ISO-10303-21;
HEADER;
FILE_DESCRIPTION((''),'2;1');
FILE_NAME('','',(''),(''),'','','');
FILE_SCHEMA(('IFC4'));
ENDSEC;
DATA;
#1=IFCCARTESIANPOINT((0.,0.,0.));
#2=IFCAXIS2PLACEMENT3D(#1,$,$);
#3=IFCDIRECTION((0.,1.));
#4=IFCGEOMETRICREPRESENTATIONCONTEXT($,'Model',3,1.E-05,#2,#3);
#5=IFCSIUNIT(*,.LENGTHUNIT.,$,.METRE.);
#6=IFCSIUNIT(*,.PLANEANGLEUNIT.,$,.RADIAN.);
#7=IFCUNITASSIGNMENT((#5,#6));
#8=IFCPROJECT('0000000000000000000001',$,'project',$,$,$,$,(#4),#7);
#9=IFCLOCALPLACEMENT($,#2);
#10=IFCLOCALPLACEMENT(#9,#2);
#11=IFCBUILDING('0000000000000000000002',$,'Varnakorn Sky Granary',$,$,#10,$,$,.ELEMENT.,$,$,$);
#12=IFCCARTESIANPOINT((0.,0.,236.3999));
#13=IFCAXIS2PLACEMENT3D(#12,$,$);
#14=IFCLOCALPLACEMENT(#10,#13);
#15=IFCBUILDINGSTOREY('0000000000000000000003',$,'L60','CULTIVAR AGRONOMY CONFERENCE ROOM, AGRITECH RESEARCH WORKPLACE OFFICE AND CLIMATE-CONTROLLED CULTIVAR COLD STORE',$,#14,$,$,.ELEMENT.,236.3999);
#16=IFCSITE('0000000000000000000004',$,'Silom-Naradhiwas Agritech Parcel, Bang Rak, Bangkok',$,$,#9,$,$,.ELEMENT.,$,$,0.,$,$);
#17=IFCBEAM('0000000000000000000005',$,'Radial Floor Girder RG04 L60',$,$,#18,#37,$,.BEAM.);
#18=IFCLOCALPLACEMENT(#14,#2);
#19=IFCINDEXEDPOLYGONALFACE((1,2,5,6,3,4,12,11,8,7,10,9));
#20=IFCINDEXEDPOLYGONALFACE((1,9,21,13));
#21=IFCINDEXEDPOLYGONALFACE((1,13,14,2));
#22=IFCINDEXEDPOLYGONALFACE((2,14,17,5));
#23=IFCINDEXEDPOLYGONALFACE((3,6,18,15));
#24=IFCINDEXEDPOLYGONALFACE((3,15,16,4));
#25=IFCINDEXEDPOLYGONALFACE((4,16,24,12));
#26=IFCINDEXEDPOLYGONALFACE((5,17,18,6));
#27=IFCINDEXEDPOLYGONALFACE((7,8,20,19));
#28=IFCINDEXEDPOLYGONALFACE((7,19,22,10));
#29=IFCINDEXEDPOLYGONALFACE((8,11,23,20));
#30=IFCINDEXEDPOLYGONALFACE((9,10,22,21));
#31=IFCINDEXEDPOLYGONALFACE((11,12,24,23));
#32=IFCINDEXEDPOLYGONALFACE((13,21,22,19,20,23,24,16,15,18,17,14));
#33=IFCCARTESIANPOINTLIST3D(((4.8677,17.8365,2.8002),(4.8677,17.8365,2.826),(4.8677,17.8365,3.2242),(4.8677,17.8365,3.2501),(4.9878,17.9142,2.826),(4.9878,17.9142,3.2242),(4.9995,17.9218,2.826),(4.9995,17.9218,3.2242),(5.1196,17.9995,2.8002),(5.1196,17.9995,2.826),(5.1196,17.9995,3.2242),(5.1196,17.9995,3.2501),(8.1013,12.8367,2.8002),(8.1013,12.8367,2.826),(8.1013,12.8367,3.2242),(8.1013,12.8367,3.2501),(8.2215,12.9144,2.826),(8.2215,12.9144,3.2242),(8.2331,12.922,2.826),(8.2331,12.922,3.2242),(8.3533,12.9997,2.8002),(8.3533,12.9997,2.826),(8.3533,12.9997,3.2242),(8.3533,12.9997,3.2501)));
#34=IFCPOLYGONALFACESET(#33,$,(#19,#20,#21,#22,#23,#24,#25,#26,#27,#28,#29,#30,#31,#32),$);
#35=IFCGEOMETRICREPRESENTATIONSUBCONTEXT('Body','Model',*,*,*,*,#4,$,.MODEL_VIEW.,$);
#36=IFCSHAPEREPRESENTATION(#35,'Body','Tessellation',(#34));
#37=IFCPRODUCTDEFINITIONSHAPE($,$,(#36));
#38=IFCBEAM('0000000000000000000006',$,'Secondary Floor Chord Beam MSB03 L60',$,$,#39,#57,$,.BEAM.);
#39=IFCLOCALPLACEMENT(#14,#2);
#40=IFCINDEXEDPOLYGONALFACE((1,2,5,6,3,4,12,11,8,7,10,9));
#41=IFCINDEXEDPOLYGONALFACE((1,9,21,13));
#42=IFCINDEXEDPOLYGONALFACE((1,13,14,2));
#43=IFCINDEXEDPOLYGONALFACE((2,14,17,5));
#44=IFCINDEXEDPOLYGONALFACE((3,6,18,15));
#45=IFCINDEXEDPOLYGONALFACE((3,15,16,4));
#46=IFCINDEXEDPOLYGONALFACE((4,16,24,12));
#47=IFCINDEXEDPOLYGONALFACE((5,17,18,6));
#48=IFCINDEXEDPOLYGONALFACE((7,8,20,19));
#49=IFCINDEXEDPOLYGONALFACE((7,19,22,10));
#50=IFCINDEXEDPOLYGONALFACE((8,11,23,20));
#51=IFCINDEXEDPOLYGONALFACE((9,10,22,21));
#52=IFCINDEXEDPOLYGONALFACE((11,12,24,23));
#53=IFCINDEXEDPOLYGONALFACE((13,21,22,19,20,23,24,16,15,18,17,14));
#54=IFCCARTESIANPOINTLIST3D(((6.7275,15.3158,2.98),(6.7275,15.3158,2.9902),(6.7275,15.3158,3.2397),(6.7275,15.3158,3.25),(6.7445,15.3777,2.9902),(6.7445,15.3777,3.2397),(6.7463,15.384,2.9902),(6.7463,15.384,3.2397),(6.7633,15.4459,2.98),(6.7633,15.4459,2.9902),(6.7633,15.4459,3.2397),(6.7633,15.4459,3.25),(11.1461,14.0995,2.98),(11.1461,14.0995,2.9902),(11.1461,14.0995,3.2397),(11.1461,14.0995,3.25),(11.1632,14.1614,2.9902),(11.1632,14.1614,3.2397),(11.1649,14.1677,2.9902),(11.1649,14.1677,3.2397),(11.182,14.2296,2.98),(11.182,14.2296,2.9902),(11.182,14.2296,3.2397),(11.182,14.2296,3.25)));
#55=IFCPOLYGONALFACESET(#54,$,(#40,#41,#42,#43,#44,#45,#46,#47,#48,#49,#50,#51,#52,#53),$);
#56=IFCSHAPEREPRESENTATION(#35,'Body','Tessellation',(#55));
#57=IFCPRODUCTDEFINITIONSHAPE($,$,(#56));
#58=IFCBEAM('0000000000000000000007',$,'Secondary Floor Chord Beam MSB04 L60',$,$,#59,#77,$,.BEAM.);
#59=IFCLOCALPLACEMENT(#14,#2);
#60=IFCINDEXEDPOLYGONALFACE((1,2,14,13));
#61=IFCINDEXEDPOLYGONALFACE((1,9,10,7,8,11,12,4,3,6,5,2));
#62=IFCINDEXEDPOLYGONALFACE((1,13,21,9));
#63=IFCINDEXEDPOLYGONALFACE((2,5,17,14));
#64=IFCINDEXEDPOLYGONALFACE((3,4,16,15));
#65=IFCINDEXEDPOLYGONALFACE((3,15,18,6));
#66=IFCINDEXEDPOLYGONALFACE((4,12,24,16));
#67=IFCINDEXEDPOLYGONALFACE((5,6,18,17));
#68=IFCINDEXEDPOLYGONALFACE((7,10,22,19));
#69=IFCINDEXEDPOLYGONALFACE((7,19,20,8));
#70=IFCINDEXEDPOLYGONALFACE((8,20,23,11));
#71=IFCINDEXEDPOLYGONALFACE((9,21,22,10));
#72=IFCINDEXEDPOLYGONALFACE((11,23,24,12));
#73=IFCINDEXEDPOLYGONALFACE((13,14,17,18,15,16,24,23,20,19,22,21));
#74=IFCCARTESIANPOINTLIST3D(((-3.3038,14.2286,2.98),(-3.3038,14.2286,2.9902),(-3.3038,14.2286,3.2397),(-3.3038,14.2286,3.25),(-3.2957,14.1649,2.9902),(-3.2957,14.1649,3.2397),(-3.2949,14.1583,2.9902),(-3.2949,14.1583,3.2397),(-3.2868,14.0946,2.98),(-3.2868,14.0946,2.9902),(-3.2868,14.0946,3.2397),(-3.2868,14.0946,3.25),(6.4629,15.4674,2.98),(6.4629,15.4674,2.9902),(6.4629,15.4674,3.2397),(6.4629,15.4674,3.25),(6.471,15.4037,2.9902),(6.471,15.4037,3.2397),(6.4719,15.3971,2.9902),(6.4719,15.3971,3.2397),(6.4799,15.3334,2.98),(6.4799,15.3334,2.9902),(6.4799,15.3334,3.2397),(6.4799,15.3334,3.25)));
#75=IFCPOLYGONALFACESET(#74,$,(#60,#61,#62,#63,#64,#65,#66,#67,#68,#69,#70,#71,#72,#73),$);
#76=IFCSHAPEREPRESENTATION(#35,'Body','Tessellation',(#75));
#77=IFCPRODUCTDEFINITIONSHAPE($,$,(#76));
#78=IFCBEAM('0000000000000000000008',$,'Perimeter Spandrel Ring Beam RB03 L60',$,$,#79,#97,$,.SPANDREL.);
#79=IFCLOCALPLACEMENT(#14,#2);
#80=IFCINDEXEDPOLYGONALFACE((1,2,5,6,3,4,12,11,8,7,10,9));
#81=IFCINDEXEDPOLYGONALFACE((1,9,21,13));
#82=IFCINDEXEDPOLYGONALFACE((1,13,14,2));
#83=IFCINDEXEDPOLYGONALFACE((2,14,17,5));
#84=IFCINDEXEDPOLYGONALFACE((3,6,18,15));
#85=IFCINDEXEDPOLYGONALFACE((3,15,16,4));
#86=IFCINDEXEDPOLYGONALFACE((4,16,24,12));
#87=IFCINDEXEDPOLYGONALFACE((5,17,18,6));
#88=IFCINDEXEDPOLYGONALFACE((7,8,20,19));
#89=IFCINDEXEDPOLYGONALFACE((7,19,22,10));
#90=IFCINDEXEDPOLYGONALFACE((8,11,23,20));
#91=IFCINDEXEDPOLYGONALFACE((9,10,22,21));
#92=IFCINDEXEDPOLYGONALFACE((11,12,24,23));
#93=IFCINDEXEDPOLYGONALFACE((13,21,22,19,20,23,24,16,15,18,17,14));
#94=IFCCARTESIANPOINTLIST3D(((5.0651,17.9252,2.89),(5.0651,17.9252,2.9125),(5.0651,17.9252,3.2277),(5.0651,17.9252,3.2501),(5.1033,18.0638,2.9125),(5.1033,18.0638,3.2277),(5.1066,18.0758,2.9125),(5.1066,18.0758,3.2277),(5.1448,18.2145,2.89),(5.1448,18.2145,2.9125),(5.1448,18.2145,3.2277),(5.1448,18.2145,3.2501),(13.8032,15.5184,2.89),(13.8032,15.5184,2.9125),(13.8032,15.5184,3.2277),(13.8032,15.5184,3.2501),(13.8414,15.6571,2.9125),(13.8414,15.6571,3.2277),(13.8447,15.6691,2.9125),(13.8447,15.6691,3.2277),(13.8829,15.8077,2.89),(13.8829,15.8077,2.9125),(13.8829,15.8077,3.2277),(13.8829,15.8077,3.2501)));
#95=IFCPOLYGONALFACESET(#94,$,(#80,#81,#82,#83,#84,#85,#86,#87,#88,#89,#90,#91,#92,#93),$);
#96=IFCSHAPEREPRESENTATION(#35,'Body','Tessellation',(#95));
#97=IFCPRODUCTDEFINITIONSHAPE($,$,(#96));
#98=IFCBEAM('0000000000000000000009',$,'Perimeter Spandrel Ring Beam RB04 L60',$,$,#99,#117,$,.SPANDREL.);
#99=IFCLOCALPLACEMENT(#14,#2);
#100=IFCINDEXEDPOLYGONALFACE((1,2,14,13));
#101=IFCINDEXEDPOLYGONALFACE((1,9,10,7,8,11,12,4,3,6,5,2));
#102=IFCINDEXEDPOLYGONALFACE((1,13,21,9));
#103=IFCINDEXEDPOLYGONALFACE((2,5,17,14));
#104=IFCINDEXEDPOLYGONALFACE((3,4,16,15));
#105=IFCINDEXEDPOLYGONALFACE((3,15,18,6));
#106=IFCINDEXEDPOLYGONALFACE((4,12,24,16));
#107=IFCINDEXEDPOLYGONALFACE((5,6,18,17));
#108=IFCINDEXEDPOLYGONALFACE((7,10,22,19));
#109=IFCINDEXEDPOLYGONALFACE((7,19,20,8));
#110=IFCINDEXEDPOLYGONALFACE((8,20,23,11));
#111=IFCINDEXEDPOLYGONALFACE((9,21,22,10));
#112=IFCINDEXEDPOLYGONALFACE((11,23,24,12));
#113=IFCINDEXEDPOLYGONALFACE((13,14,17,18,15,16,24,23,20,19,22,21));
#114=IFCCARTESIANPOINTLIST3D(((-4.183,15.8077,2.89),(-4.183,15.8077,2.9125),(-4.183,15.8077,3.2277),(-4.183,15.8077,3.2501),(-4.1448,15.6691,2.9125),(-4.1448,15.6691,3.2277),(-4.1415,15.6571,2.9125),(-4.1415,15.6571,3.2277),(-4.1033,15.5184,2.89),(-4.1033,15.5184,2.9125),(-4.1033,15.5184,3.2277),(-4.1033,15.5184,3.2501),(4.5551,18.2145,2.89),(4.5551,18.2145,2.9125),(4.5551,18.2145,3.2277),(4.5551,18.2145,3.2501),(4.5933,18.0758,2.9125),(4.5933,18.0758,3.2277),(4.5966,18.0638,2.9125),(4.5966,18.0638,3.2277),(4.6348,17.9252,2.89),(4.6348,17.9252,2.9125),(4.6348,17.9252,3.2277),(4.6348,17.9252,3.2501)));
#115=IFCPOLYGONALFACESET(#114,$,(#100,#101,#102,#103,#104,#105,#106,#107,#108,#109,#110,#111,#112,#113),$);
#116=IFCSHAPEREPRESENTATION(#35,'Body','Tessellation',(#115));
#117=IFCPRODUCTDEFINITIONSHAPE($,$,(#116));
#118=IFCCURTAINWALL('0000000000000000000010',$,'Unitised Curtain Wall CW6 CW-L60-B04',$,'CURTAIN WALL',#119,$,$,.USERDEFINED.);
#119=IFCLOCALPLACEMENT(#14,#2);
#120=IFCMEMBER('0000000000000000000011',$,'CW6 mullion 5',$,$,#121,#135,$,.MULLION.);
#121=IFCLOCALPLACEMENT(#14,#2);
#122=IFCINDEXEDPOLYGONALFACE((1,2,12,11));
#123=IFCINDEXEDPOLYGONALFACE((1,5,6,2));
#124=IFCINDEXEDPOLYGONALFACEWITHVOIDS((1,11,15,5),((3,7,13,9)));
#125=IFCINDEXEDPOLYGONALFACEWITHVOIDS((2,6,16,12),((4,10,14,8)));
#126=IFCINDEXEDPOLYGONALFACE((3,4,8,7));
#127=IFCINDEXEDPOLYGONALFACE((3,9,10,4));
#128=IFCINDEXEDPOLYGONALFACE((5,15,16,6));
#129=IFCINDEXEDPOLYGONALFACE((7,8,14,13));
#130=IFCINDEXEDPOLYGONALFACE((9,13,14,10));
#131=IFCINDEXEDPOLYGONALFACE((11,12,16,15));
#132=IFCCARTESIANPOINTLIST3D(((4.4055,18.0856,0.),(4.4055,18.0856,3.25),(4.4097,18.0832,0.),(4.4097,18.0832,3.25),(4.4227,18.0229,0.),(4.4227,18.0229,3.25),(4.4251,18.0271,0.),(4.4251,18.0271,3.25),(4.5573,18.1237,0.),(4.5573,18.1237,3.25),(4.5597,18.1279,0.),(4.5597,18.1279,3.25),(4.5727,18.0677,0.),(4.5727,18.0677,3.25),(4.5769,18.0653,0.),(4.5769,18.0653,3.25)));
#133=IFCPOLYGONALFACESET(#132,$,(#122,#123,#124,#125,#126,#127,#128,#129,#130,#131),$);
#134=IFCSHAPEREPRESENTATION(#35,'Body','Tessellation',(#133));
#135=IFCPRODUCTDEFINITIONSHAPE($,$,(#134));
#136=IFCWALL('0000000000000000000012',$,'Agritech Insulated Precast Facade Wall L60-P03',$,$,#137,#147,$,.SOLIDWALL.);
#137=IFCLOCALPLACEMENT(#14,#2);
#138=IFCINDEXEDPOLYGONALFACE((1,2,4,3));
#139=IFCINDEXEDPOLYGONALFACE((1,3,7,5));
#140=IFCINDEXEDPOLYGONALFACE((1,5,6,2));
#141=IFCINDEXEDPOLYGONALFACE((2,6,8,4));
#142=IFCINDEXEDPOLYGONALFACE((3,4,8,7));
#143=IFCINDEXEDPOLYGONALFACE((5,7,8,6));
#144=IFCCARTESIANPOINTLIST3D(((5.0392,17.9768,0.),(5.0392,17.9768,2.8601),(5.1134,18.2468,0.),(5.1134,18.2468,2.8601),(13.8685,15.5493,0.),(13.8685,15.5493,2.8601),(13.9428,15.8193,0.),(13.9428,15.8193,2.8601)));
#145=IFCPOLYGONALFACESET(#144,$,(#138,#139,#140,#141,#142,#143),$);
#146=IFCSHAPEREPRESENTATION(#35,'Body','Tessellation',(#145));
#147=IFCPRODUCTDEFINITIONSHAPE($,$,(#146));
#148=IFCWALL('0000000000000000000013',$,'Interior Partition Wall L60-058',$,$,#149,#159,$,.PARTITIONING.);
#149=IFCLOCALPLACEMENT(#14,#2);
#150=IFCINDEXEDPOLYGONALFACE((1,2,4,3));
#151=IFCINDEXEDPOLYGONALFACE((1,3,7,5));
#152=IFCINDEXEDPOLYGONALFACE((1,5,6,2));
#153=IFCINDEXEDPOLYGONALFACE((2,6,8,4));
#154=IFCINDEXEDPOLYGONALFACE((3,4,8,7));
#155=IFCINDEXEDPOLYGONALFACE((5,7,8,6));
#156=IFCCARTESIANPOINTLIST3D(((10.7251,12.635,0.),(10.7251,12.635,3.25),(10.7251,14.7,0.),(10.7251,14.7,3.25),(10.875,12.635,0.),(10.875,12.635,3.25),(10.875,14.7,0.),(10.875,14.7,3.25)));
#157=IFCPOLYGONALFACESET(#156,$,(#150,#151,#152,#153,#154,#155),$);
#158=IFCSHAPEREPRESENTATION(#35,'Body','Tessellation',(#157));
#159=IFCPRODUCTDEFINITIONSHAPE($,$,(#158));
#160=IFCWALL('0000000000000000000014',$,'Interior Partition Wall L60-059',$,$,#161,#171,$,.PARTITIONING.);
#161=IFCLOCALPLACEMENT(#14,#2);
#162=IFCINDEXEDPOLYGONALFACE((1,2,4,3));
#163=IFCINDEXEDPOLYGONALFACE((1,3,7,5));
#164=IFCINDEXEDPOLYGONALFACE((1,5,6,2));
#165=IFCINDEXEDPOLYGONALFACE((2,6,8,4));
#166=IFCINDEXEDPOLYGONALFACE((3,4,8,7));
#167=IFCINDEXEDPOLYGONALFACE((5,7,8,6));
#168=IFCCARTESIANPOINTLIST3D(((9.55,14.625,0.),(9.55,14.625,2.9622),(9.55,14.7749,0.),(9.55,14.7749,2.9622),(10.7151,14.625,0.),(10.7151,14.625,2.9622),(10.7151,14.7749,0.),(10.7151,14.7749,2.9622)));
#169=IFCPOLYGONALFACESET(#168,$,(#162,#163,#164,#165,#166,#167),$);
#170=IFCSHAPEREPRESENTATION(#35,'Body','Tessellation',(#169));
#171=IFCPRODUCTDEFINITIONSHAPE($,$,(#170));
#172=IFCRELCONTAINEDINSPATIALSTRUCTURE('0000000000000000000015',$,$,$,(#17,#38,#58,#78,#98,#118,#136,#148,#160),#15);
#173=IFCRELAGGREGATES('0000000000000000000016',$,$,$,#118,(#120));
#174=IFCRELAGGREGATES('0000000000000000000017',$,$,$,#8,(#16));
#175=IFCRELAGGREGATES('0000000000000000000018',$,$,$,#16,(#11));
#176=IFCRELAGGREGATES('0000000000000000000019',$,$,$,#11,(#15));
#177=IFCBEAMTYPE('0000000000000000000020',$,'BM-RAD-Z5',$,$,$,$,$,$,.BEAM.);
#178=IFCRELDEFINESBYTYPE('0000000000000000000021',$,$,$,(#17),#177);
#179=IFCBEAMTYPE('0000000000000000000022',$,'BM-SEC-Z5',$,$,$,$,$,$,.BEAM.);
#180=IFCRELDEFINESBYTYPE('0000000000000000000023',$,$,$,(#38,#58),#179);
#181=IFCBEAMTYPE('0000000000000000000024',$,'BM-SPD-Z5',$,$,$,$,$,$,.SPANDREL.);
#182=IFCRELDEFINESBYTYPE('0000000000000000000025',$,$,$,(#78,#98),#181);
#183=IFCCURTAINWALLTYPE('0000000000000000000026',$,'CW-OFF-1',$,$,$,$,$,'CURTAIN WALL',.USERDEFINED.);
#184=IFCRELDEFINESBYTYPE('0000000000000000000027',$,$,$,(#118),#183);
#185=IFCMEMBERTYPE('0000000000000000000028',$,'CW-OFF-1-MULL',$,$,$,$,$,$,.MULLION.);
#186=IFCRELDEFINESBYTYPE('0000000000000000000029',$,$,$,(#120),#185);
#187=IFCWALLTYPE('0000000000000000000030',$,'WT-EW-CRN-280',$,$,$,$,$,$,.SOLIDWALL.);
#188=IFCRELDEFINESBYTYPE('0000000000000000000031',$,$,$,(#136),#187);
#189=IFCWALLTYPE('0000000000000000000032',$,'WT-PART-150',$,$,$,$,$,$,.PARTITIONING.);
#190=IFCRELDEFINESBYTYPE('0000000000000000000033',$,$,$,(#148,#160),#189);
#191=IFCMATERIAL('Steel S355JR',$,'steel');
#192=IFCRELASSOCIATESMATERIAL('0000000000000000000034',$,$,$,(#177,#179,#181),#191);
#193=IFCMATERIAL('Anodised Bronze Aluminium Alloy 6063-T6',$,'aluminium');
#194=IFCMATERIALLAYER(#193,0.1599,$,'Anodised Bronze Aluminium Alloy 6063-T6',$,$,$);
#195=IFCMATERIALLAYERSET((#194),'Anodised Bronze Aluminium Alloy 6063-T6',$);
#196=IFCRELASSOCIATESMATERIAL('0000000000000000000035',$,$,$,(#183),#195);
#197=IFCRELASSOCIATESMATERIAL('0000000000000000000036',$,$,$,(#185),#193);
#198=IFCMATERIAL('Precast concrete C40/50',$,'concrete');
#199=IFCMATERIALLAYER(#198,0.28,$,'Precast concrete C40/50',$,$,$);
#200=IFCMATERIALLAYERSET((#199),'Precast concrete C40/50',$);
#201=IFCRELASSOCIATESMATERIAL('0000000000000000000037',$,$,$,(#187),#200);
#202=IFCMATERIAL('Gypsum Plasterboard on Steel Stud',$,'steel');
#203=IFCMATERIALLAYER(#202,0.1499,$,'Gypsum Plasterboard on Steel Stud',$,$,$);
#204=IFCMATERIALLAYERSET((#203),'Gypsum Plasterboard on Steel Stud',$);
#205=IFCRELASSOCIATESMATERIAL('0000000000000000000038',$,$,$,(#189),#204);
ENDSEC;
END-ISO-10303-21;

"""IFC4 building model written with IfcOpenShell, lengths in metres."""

from ifc_helpers import new_model, si_unit, direction, frame, frame_2d, origin, origin_2d, place, context, subcontext, project, spatial, rectangle, hollow_rectangle, i_section, extrude, material, layer, layer_set, material_profile, profile_set, type_object, element, aggregate, save


model = new_model("IFC4")

# Units and contexts
model_context = context("Model", 3, precision=1e-05, world=origin(), true_north=direction((0.0, 1.0)))
body_context = subcontext(model_context, "Body", "Model", "MODEL_VIEW")
ifc_project = project(units=[si_unit("LENGTHUNIT", "METRE"), si_unit("PLANEANGLEUNIT", "RADIAN")], contexts=[model_context])

# Site, building, storey
site_placement = place(None, origin())
site = spatial("IfcSite", under=ifc_project, at=site_placement, Name="Silom-Naradhiwas Agritech Parcel, Bang Rak, Bangkok", CompositionType="ELEMENT", RefElevation=0.0)
building_placement = place(site_placement, origin())
building = spatial("IfcBuilding", under=site, at=building_placement, Name="Varnakorn Sky Granary", CompositionType="ELEMENT")
storey_placement = place(building_placement, frame((0.0, 0.0, 236.3999)))
storey = spatial("IfcBuildingStorey", under=building, at=storey_placement, Name="L60", Description="CULTIVAR AGRONOMY CONFERENCE ROOM, AGRITECH RESEARCH WORKPLACE OFFICE AND CLIMATE-CONTROLLED CULTIVAR COLD STORE", CompositionType="ELEMENT", Elevation=236.3999)

# Beams
ifc_material_1 = material(Name="Steel S355JR", Category="steel")
ifc_material_profile_1 = material_profile(ifc_material_1, i_section(OverallWidth=0.3, OverallDepth=0.45, WebThickness=0.0139, FlangeThickness=0.0259, at=origin_2d()), Name="HE 450 B")
ifc_profile_set_1 = profile_set([ifc_material_profile_1], Name="Steel S355JR")
beam_type_1 = type_object("IfcBeamType", Name="BM-RAD-Z5", PredefinedType="BEAM", material=ifc_profile_set_1)
beam_1_placement = place(storey_placement, frame((8.2273, 12.9182, 3.0251), z_axis=(-0.543074, 0.839685, 0.0), x_axis=(-0.839685, -0.543074, 0.0)))
element("IfcBeam", 1, at=beam_1_placement, inside=storey, type_object=beam_type_1, Name="Radial Floor Girder RG04 L60", PredefinedType="BEAM", context=body_context, shape_type="SweptSolid", body=[
    extrude(i_section(OverallWidth=0.3, OverallDepth=0.45, WebThickness=0.0139, FlangeThickness=0.0259, at=origin_2d()), origin(), (0.0, 0.0, 1.0), 5.9543),
])
ifc_material_profile_2 = material_profile(ifc_material_1, i_section(OverallWidth=0.135, OverallDepth=0.27, WebThickness=0.0066, FlangeThickness=0.0103, at=origin_2d()), Name="IPE 270")
ifc_profile_set_2 = profile_set([ifc_material_profile_2], Name="Steel S355JR")
beam_type_2 = type_object("IfcBeamType", Name="BM-SEC-Z5", PredefinedType="BEAM", material=ifc_profile_set_2)
beam_2_placement = place(storey_placement, frame((11.1641, 14.1646, 3.115), z_axis=(-0.96414, 0.265393, 0.0), x_axis=(-0.265393, -0.96414, 0.0)))
element("IfcBeam", 2, at=beam_2_placement, inside=storey, type_object=beam_type_2, Name="Secondary Floor Chord Beam MSB03 L60", PredefinedType="BEAM", context=body_context, shape_type="SweptSolid", body=[
    extrude(i_section(OverallWidth=0.135, OverallDepth=0.27, WebThickness=0.0066, FlangeThickness=0.0103, at=origin_2d()), origin(), (0.0, 0.0, 1.0), 4.583),
])
beam_3_placement = place(storey_placement, frame((6.4714, 15.4004, 3.115), z_axis=(-0.992052, -0.125829, 0.0), x_axis=(0.125829, -0.992052, 0.0)))
element("IfcBeam", 3, at=beam_3_placement, inside=storey, type_object=beam_type_2, Name="Secondary Floor Chord Beam MSB04 L60", PredefinedType="BEAM", context=body_context, shape_type="SweptSolid", body=[
    extrude(i_section(OverallWidth=0.135, OverallDepth=0.27, WebThickness=0.0066, FlangeThickness=0.0103, at=origin_2d()), origin(), (0.0, 0.0, 1.0), 9.845),
])
ifc_material_profile_3 = material_profile(ifc_material_1, i_section(OverallWidth=0.3, OverallDepth=0.3601, WebThickness=0.0125, FlangeThickness=0.0225, at=origin_2d()), Name="HE 360 B")
ifc_profile_set_3 = profile_set([ifc_material_profile_3], Name="Steel S355JR")
beam_type_3 = type_object("IfcBeamType", Name="BM-SPD-Z5", PredefinedType="SPANDREL", material=ifc_profile_set_3)
for number, where, z_axis, x_axis, name in (
    (4, (13.843, 15.6631, 3.0701), (-0.964099, 0.265544, 0.0), (-0.265544, -0.964099, 0.0), "Perimeter Spandrel Ring Beam RB03 L60"),
    (5, (4.595, 18.0698, 3.0701), (-0.964099, -0.265544, 0.0), (0.265544, -0.964099, 0.0), "Perimeter Spandrel Ring Beam RB04 L60"),
):
    element("IfcBeam", number, at=place(storey_placement, frame(where, z_axis=z_axis, x_axis=x_axis)), inside=storey, type_object=beam_type_3, Name=name, PredefinedType="SPANDREL", context=body_context, shape_type="SweptSolid", body=[
        extrude(i_section(OverallWidth=0.3, OverallDepth=0.3601, WebThickness=0.0125, FlangeThickness=0.0225, at=origin_2d()), origin(), (0.0, 0.0, 1.0), 9.0635),
    ])

# Curtain wall, member
ifc_material_2 = material(Name="Anodised Bronze Aluminium Alloy 6063-T6", Category="aluminium")
ifc_layer_1 = layer(ifc_material_2, 0.1599, Name="Anodised Bronze Aluminium Alloy 6063-T6")
ifc_layer_set_1 = layer_set([ifc_layer_1], Name="Anodised Bronze Aluminium Alloy 6063-T6")
curtain_wall_type = type_object("IfcCurtainWallType", Name="CW-OFF-1", ElementType="CURTAIN WALL", PredefinedType="USERDEFINED", material=ifc_layer_set_1)
curtain_wall_placement = place(storey_placement, origin())
curtain_wall = element("IfcCurtainWall", 6, at=curtain_wall_placement, inside=storey, type_object=curtain_wall_type, Name="Unitised Curtain Wall CW6 CW-L60-B04", ObjectType="CURTAIN WALL", PredefinedType="USERDEFINED")
ifc_material_profile_4 = material_profile(ifc_material_2, hollow_rectangle(XDim=0.0649, YDim=0.1599, WallThickness=0.0034, at=origin_2d()), Name="ALU MULL 65x160")
ifc_profile_set_4 = profile_set([ifc_material_profile_4], Name="Anodised Bronze Aluminium Alloy 6063-T6")
member_type = type_object("IfcMemberType", Name="CW-OFF-1-MULL", PredefinedType="MULLION", material=ifc_profile_set_4)
member_placement = place(storey_placement, frame((4.4912, 18.0754, 0.0), z_axis=(0.0, 0.0, 1.0), x_axis=(-0.2651, 0.964221, 0.0)))
member = element("IfcMember", 7, at=member_placement, type_object=member_type, Name="CW6 mullion 5", PredefinedType="MULLION", context=body_context, shape_type="SweptSolid", body=[
    extrude(hollow_rectangle(XDim=0.0649, YDim=0.1599, WallThickness=0.0034, at=origin_2d()), origin(), (0.0, 0.0, 1.0), 3.25),
])
aggregate(curtain_wall, [member])

# Walls
ifc_material_3 = material(Name="Precast concrete C40/50", Category="concrete")
ifc_layer_2 = layer(ifc_material_3, 0.28, Name="Precast concrete C40/50")
ifc_layer_set_2 = layer_set([ifc_layer_2], Name="Precast concrete C40/50")
wall_type_1 = type_object("IfcWallType", Name="WT-EW-CRN-280", PredefinedType="SOLIDWALL", material=ifc_layer_set_2)
wall_1_placement = place(storey_placement, frame((5.0762, 18.1118, 0.0), z_axis=(0.0, 0.0, 1.0), x_axis=(0.964222, -0.265098, 0.0)))
element("IfcWall", 8, at=wall_1_placement, inside=storey, type_object=wall_type_1, Name="Agritech Insulated Precast Facade Wall L60-P03", PredefinedType="SOLIDWALL", context=body_context, shape_type="SweptSolid", body=[
    extrude(rectangle(XDim=9.157, YDim=0.28, at=frame_2d((4.5786, 0.0))), origin(), (0.0, 0.0, 1.0), 2.8601),
])
ifc_material_4 = material(Name="Gypsum Plasterboard on Steel Stud", Category="steel")
ifc_layer_3 = layer(ifc_material_4, 0.1499, Name="Gypsum Plasterboard on Steel Stud")
ifc_layer_set_3 = layer_set([ifc_layer_3], Name="Gypsum Plasterboard on Steel Stud")
wall_type_2 = type_object("IfcWallType", Name="WT-PART-150", PredefinedType="PARTITIONING", material=ifc_layer_set_3)
wall_2_placement = place(storey_placement, frame((10.8, 12.635, 0.0), z_axis=(0.0, 0.0, 1.0), x_axis=(0.0, 1.0, 0.0)))
element("IfcWall", 9, at=wall_2_placement, inside=storey, type_object=wall_type_2, Name="Interior Partition Wall L60-058", PredefinedType="PARTITIONING", context=body_context, shape_type="SweptSolid", body=[
    extrude(rectangle(XDim=2.0649, YDim=0.1499, at=frame_2d((1.0325, 0.0))), origin(), (0.0, 0.0, 1.0), 3.25),
])
wall_3_placement = place(storey_placement, frame((10.7151, 14.7, 0.0), z_axis=(0.0, 0.0, 1.0), x_axis=(-1.0, 0.0, 0.0)))
element("IfcWall", 10, at=wall_3_placement, inside=storey, type_object=wall_type_2, Name="Interior Partition Wall L60-059", PredefinedType="PARTITIONING", context=body_context, shape_type="SweptSolid", body=[
    extrude(rectangle(XDim=1.165, YDim=0.1499, at=frame_2d((0.5825, 0.0))), origin(), (0.0, 0.0, 1.0), 2.9622),
])

save(model, "model.ifc")
